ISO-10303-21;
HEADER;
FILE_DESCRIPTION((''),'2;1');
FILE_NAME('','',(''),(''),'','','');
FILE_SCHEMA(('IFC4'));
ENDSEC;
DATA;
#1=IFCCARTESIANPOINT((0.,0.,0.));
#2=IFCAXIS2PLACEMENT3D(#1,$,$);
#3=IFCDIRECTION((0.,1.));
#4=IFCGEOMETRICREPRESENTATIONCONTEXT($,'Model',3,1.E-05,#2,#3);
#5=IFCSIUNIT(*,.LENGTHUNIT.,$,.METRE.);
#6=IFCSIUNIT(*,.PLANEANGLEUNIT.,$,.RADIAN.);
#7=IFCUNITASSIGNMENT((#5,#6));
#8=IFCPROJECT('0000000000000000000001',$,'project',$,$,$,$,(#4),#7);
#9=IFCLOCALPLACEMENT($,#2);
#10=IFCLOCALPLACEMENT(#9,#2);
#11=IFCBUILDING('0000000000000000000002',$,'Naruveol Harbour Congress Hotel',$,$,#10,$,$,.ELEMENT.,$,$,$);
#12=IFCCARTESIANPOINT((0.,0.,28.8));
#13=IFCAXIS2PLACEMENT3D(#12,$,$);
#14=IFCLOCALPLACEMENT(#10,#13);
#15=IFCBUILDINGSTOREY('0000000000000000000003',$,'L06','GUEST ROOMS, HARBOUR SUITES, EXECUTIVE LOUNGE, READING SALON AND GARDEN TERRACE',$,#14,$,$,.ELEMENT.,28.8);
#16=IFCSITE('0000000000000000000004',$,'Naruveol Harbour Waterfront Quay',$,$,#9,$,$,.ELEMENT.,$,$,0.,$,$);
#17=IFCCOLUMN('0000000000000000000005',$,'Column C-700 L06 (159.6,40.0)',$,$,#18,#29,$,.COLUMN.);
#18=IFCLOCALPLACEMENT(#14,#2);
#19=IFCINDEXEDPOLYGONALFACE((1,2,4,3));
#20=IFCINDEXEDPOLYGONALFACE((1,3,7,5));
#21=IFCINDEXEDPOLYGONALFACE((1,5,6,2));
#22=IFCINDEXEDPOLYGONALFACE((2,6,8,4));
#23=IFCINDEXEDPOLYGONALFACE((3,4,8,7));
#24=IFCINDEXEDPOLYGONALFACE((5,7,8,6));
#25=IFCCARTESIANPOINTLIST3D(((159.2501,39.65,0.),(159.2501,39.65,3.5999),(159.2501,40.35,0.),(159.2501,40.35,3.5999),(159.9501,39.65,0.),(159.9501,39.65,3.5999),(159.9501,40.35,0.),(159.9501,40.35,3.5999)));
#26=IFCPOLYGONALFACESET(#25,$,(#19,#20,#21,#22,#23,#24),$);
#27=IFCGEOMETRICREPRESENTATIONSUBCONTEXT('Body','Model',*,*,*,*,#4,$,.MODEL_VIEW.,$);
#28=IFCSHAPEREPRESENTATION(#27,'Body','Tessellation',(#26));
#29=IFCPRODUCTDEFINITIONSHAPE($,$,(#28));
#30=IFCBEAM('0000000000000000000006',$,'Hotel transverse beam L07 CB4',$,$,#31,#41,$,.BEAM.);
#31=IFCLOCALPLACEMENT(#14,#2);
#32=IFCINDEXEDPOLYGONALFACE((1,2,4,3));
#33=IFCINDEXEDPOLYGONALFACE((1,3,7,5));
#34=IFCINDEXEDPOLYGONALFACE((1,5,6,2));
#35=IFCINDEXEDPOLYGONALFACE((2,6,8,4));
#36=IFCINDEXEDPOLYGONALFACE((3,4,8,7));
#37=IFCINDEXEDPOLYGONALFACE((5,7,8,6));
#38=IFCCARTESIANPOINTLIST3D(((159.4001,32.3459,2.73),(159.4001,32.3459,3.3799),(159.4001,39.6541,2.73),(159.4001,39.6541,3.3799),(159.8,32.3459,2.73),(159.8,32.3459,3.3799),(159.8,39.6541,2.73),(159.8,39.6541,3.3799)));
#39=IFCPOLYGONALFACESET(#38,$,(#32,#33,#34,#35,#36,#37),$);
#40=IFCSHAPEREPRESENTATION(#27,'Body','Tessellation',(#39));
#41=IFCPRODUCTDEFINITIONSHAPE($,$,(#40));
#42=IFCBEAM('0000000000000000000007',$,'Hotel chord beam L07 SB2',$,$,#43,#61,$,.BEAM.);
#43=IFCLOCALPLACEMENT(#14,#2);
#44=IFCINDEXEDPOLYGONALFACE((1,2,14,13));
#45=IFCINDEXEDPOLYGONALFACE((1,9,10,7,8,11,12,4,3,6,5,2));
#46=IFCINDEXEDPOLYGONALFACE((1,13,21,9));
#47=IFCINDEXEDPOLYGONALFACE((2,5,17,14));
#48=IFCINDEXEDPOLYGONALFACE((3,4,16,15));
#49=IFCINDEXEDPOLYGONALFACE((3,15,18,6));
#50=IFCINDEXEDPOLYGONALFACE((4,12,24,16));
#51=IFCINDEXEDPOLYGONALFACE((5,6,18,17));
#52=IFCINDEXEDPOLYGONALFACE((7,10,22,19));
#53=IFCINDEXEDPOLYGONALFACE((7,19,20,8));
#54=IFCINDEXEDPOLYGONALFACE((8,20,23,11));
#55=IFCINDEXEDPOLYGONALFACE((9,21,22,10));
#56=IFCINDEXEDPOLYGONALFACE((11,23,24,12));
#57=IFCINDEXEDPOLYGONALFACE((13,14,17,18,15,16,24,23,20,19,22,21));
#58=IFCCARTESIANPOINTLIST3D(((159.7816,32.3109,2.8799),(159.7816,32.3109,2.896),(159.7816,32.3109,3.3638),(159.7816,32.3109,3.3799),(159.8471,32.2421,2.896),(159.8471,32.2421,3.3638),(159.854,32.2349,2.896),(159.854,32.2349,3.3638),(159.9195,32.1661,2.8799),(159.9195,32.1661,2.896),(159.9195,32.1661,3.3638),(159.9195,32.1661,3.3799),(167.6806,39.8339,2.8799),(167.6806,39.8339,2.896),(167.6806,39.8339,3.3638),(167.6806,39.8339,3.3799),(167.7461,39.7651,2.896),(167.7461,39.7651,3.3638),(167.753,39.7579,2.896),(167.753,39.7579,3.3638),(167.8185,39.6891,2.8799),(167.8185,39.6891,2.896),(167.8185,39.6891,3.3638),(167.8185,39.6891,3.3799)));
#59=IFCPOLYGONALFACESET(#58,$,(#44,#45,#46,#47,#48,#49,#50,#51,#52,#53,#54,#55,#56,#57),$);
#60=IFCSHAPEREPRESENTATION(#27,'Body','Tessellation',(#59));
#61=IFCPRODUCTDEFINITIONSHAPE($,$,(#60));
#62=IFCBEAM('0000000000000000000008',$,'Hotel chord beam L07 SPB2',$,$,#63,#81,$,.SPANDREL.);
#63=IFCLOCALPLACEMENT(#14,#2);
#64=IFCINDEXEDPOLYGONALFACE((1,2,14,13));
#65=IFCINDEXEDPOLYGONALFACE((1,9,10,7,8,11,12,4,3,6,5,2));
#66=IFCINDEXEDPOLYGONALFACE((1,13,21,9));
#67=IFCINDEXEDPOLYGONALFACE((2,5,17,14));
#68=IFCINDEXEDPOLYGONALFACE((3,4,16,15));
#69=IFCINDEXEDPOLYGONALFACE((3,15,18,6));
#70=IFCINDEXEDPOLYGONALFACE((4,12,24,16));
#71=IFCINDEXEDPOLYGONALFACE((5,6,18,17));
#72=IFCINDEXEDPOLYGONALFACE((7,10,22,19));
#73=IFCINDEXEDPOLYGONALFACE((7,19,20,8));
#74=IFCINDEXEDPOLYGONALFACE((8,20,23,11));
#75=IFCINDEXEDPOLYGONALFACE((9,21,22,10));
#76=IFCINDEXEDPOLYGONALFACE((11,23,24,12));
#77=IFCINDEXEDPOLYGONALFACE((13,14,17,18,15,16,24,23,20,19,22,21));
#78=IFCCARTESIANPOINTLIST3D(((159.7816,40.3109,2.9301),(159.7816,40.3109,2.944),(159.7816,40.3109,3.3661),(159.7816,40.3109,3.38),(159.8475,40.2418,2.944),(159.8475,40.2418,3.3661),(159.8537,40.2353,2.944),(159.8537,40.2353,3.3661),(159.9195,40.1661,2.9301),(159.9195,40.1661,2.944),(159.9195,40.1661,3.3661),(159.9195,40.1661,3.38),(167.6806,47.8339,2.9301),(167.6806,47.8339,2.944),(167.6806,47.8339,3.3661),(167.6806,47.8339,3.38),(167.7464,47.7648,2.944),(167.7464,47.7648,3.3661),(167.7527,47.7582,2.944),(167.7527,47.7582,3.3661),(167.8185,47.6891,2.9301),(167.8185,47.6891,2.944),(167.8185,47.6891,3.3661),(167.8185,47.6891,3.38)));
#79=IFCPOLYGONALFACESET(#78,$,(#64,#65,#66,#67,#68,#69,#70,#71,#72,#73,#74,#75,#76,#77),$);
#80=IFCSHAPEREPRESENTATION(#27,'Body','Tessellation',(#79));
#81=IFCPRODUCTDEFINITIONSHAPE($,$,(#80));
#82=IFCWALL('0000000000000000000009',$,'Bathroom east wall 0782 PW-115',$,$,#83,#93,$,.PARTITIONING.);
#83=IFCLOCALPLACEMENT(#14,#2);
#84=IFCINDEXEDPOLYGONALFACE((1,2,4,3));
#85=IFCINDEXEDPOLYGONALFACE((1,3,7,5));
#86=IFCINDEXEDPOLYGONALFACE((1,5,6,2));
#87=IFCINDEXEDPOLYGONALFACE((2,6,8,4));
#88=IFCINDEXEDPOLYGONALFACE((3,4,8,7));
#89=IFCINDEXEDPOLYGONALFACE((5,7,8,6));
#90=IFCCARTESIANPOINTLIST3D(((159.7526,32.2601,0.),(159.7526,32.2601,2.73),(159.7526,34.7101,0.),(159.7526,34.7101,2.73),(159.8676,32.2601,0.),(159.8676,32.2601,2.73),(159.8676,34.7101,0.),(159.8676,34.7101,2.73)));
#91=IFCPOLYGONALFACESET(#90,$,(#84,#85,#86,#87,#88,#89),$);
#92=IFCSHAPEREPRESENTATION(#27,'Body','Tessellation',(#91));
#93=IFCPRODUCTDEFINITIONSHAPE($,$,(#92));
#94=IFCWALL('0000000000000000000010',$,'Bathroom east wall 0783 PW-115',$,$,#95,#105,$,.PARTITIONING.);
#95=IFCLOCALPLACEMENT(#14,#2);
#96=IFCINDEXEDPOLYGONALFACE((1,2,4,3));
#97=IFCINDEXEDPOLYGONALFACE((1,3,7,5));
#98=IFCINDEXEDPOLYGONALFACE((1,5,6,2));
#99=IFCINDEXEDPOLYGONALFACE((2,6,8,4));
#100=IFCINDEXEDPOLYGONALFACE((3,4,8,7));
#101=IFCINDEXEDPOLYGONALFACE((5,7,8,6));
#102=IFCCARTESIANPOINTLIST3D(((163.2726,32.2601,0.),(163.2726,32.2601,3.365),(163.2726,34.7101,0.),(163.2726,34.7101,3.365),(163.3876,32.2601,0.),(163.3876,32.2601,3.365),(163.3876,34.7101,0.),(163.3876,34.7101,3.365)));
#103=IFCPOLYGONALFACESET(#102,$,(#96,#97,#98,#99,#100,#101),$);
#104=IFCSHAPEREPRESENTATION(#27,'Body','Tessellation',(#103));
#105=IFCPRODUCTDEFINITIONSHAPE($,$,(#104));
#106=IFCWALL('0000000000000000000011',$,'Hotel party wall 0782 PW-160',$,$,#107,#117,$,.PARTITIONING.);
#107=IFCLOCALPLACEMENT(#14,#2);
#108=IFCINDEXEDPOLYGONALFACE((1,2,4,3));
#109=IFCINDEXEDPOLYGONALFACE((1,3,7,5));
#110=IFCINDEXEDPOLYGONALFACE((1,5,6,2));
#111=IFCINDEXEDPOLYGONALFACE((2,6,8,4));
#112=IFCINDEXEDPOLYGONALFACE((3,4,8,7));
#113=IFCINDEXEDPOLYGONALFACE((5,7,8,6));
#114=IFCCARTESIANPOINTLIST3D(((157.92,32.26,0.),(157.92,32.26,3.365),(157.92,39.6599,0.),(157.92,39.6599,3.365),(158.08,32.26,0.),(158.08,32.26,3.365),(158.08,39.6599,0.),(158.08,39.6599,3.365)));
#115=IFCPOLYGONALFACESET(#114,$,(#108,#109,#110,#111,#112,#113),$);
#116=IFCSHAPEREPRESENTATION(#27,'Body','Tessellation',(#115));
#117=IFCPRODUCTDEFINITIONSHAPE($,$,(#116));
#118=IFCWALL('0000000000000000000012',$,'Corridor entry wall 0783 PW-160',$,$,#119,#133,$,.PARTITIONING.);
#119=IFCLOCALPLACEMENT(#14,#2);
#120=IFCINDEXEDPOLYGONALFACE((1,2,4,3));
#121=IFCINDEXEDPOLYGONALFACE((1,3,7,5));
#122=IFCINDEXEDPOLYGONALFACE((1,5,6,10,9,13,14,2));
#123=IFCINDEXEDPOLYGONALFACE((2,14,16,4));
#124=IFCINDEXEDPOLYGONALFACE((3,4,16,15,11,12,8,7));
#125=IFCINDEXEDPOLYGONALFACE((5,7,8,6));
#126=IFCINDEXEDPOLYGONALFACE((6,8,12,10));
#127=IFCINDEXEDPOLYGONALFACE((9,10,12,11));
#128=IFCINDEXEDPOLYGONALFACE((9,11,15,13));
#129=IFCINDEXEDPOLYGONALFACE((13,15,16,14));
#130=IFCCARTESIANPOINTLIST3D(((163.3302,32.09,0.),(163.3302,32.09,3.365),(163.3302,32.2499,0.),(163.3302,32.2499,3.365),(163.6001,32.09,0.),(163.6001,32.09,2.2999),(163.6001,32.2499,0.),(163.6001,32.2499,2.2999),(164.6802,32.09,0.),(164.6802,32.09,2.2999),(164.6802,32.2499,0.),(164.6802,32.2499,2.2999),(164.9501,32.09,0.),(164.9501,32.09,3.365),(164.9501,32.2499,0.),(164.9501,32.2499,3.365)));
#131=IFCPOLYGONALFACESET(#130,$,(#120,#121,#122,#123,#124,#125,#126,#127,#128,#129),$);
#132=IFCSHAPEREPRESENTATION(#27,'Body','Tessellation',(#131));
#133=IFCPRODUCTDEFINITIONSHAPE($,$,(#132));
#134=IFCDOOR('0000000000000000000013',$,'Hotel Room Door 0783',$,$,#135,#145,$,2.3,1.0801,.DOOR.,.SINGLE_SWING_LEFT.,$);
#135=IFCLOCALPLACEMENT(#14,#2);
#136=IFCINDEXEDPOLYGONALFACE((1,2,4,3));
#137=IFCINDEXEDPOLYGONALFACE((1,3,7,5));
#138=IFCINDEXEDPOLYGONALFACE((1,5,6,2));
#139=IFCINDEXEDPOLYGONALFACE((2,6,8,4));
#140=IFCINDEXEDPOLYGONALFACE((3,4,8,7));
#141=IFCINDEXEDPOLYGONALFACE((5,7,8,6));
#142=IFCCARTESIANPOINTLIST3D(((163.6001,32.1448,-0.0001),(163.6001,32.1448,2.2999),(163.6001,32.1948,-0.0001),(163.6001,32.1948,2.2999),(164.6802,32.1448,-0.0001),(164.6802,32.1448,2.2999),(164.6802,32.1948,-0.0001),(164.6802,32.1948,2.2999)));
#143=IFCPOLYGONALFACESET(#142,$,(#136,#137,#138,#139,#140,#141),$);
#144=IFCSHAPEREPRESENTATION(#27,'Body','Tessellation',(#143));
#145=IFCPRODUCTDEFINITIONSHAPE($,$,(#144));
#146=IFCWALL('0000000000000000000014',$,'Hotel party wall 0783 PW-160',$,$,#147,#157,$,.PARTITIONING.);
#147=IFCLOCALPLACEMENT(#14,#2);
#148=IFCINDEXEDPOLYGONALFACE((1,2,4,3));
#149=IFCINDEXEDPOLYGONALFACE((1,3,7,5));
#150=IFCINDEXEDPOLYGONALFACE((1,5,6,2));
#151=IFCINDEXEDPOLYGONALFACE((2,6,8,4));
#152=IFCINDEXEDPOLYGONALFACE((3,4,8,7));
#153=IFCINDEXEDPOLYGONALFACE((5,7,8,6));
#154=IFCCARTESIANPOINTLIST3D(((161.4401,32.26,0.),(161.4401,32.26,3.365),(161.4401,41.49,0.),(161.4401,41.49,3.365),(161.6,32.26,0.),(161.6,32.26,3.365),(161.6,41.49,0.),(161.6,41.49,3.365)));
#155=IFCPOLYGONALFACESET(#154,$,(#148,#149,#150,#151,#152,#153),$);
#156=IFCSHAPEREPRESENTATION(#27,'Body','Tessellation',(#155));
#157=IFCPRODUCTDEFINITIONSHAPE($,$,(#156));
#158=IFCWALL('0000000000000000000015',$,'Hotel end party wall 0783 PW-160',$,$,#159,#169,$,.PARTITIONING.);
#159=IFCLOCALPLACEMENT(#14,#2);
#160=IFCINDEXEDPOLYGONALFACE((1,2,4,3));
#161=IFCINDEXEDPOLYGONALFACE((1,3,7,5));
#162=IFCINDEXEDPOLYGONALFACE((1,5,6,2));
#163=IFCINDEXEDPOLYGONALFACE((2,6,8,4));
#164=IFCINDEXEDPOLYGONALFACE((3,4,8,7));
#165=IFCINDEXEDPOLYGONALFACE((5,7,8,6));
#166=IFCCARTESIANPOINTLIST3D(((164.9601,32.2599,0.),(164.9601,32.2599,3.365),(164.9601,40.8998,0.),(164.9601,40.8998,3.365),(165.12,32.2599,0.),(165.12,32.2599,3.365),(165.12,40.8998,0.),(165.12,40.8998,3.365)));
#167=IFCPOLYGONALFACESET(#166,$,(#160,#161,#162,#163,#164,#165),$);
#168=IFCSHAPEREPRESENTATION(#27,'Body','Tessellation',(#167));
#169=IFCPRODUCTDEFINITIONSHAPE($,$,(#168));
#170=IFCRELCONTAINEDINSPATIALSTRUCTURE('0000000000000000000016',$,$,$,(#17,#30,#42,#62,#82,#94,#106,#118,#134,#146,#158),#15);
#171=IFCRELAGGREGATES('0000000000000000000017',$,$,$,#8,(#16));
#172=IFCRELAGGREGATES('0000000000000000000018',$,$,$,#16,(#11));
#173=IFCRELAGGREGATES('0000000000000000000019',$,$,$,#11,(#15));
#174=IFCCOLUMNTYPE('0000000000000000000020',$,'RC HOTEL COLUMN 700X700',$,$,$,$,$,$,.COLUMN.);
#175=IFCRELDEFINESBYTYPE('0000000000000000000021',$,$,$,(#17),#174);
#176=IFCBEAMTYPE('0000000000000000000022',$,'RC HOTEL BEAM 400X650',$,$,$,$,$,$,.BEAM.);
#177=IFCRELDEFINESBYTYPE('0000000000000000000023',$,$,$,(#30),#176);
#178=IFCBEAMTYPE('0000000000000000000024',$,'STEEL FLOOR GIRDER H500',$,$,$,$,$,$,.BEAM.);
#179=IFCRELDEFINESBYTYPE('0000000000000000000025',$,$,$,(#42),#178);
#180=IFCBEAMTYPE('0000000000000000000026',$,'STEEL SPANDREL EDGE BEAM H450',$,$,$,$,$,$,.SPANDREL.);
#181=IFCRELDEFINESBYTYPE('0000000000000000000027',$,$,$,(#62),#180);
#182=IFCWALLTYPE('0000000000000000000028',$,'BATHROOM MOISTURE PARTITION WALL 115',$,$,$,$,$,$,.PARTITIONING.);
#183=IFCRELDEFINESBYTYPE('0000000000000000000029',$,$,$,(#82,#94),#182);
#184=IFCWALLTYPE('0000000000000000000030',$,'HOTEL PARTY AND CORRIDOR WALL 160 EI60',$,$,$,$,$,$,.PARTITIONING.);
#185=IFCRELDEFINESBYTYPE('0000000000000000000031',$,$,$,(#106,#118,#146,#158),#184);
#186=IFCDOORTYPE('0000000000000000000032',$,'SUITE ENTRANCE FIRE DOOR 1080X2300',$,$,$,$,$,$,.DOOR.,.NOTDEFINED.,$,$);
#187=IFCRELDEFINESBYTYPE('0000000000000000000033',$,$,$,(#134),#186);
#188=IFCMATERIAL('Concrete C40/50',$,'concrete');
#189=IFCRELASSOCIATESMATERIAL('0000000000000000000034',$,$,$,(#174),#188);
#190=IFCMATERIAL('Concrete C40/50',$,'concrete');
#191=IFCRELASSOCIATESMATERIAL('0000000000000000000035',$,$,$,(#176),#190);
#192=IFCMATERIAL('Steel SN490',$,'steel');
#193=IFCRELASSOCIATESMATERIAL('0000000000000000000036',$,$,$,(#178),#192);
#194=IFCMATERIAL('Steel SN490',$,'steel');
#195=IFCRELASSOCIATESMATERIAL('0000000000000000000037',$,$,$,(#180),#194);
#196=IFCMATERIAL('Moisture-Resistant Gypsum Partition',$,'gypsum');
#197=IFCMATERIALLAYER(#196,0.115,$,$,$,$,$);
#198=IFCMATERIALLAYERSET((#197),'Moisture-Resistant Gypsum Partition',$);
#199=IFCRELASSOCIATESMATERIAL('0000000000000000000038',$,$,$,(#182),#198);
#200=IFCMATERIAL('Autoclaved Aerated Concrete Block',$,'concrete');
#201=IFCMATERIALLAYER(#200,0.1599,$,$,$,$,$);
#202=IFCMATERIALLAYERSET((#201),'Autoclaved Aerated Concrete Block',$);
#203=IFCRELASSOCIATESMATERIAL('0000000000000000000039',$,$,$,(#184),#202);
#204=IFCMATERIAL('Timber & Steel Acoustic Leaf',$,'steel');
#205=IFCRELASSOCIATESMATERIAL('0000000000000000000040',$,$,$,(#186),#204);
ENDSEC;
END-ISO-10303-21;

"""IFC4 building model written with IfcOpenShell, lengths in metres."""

from ifc_helpers import new_model, si_unit, direction, frame, frame_2d, origin, origin_2d, place, context, subcontext, project, spatial, rectangle, i_section, extrude, material, layer, layer_set, material_profile, profile_set, type_object, element, fill, save


model = new_model("IFC4")

# Units and contexts
model_context = context("Model", 3, precision=1e-05, world=origin(), true_north=direction((0.0, 1.0)))
body_context = subcontext(model_context, "Body", "Model", "MODEL_VIEW")
ifc_project = project(units=[si_unit("LENGTHUNIT", "METRE"), si_unit("PLANEANGLEUNIT", "RADIAN")], contexts=[model_context])

# Site, building, storey
site_placement = place(None, origin())
site = spatial("IfcSite", under=ifc_project, at=site_placement, Name="Naruveol Harbour Waterfront Quay", CompositionType="ELEMENT", RefElevation=0.0)
building_placement = place(site_placement, origin())
building = spatial("IfcBuilding", under=site, at=building_placement, Name="Naruveol Harbour Congress Hotel", CompositionType="ELEMENT")
storey_placement = place(building_placement, frame((0.0, 0.0, 28.8)))
storey = spatial("IfcBuildingStorey", under=building, at=storey_placement, Name="L06", Description="GUEST ROOMS, HARBOUR SUITES, EXECUTIVE LOUNGE, READING SALON AND GARDEN TERRACE", CompositionType="ELEMENT", Elevation=28.8)

# Column
ifc_material_1 = material(Name="Concrete C40/50", Category="concrete")
ifc_material_profile_1 = material_profile(ifc_material_1, rectangle(XDim=0.7, YDim=0.7, at=origin_2d()), Name="RC-700x700")
ifc_profile_set_1 = profile_set([ifc_material_profile_1], Name="Concrete C40/50")
column_type = type_object("IfcColumnType", Name="RC HOTEL COLUMN 700X700", PredefinedType="COLUMN", material=ifc_profile_set_1)
column_placement = place(storey_placement, frame((159.6001, 40.0, 0.0), z_axis=(0.0, 0.0, 1.0), x_axis=(1.0, 0.0, 0.0)))
element("IfcColumn", 1, at=column_placement, inside=storey, type_object=column_type, Name="Column C-700 L06 (159.6,40.0)", PredefinedType="COLUMN", context=body_context, shape_type="SweptSolid", body=[
    extrude(rectangle(XDim=0.7, YDim=0.7, at=origin_2d()), origin(), (0.0, 0.0, 1.0), 3.5999),
])

# Beams
ifc_material_2 = material(Name="Concrete C40/50", Category="concrete")
ifc_material_profile_2 = material_profile(ifc_material_2, rectangle(XDim=0.3999, YDim=0.6499, at=origin_2d()), Name="RCB-400x650")
ifc_profile_set_2 = profile_set([ifc_material_profile_2], Name="Concrete C40/50")
beam_type_1 = type_object("IfcBeamType", Name="RC HOTEL BEAM 400X650", PredefinedType="BEAM", material=ifc_profile_set_2)
beam_1_placement = place(storey_placement, frame((159.6001, 32.3459, 3.0549), z_axis=(0.0, 1.0, 0.0), x_axis=(-1.0, 0.0, 0.0)))
element("IfcBeam", 2, at=beam_1_placement, inside=storey, type_object=beam_type_1, Name="Hotel transverse beam L07 CB4", PredefinedType="BEAM", context=body_context, shape_type="SweptSolid", body=[
    extrude(rectangle(XDim=0.3999, YDim=0.6499, at=origin_2d()), origin(), (0.0, 0.0, 1.0), 7.3081),
])
ifc_material_3 = material(Name="Steel SN490", Category="steel")
ifc_material_profile_3 = material_profile(ifc_material_3, i_section(OverallWidth=0.2, OverallDepth=0.5, WebThickness=0.01, FlangeThickness=0.0161, at=origin_2d()), Name="H-500x200x10x16")
ifc_profile_set_3 = profile_set([ifc_material_profile_3], Name="Steel SN490")
beam_type_2 = type_object("IfcBeamType", Name="STEEL FLOOR GIRDER H500", PredefinedType="BEAM", material=ifc_profile_set_3)
beam_2_placement = place(storey_placement, frame((159.8506, 32.2385, 3.1299), z_axis=(0.72413, 0.689663, 0.0), x_axis=(-0.689663, 0.72413, 0.0)))
element("IfcBeam", 3, at=beam_2_placement, inside=storey, type_object=beam_type_2, Name="Hotel chord beam L07 SB2", PredefinedType="BEAM", context=body_context, shape_type="SweptSolid", body=[
    extrude(i_section(OverallWidth=0.2, OverallDepth=0.5, WebThickness=0.01, FlangeThickness=0.0161, at=origin_2d()), origin(), (0.0, 0.0, 1.0), 10.9082),
])
ifc_material_4 = material(Name="Steel SN490", Category="steel")
ifc_material_profile_4 = material_profile(ifc_material_4, i_section(OverallWidth=0.2, OverallDepth=0.45, WebThickness=0.009, FlangeThickness=0.0139, at=origin_2d()), Name="H-450x200x9x14")
ifc_profile_set_4 = profile_set([ifc_material_profile_4], Name="Steel SN490")
beam_type_3 = type_object("IfcBeamType", Name="STEEL SPANDREL EDGE BEAM H450", PredefinedType="SPANDREL", material=ifc_profile_set_4)
beam_3_placement = place(storey_placement, frame((159.8506, 40.2385, 3.155), z_axis=(0.72413, 0.689663, 0.0), x_axis=(-0.689663, 0.72413, 0.0)))
element("IfcBeam", 4, at=beam_3_placement, inside=storey, type_object=beam_type_3, Name="Hotel chord beam L07 SPB2", PredefinedType="SPANDREL", context=body_context, shape_type="SweptSolid", body=[
    extrude(i_section(OverallWidth=0.2, OverallDepth=0.45, WebThickness=0.009, FlangeThickness=0.0139, at=origin_2d()), origin(), (0.0, 0.0, 1.0), 10.9082),
])

# Shared definitions
ifc_material_5 = material(Name="Moisture-Resistant Gypsum Partition", Category="gypsum")
ifc_layer_1 = layer(ifc_material_5, 0.115)
ifc_layer_set_1 = layer_set([ifc_layer_1], Name="Moisture-Resistant Gypsum Partition")
wall_type_1 = type_object("IfcWallType", Name="BATHROOM MOISTURE PARTITION WALL 115", PredefinedType="PARTITIONING", material=ifc_layer_set_1)

# Wall
wall_1_placement = place(storey_placement, frame((159.8101, 32.26, 0.0), z_axis=(0.0, 0.0, 1.0), x_axis=(0.0, 1.0, 0.0)))
element("IfcWall", 5, at=wall_1_placement, inside=storey, type_object=wall_type_1, Name="Bathroom east wall 0782 PW-115", PredefinedType="PARTITIONING", context=body_context, shape_type="SweptSolid", body=[
    extrude(rectangle(XDim=2.45, YDim=0.115, at=frame_2d((1.2251, 0.0))), origin(), (0.0, 0.0, 1.0), 2.73),
])

# Wall
wall_2_placement = place(storey_placement, frame((163.3301, 32.26, 0.0), z_axis=(0.0, 0.0, 1.0), x_axis=(0.0, 1.0, 0.0)))
element("IfcWall", 6, at=wall_2_placement, inside=storey, type_object=wall_type_1, Name="Bathroom east wall 0783 PW-115", PredefinedType="PARTITIONING", context=body_context, shape_type="SweptSolid", body=[
    extrude(rectangle(XDim=2.45, YDim=0.115, at=frame_2d((1.2251, 0.0))), origin(), (0.0, 0.0, 1.0), 3.365),
])

# Wall
ifc_material_6 = material(Name="Autoclaved Aerated Concrete Block", Category="concrete")
ifc_layer_2 = layer(ifc_material_6, 0.1599)
ifc_layer_set_2 = layer_set([ifc_layer_2], Name="Autoclaved Aerated Concrete Block")
wall_type_2 = type_object("IfcWallType", Name="HOTEL PARTY AND CORRIDOR WALL 160 EI60", PredefinedType="PARTITIONING", material=ifc_layer_set_2)
wall_3_placement = place(storey_placement, frame((158.0, 32.26, 0.0), z_axis=(0.0, 0.0, 1.0), x_axis=(0.0, 1.0, 0.0)))
element("IfcWall", 7, at=wall_3_placement, inside=storey, type_object=wall_type_2, Name="Hotel party wall 0782 PW-160", PredefinedType="PARTITIONING", context=body_context, shape_type="SweptSolid", body=[
    extrude(rectangle(XDim=7.3999, YDim=0.1599, at=frame_2d((3.7, 0.0))), origin(), (0.0, 0.0, 1.0), 3.365),
])

# Wall, opening, door
wall_4_placement = place(storey_placement, frame((163.3301, 32.1699, 0.0), z_axis=(0.0, 0.0, 1.0), x_axis=(1.0, 0.0, 0.0)))
wall_4 = element("IfcWall", 8, at=wall_4_placement, inside=storey, type_object=wall_type_2, Name="Corridor entry wall 0783 PW-160", PredefinedType="PARTITIONING", context=body_context, shape_type="SweptSolid", body=[
    extrude(rectangle(XDim=1.6199, YDim=0.1599, at=frame_2d((0.8101, 0.0))), origin(), (0.0, 0.0, 1.0), 3.365),
])
opening_1_placement = place(wall_4_placement, frame((0.27, 0.0, 0.0)))
opening_1 = element("IfcOpeningElement", 9, at=opening_1_placement, cuts=wall_4, PredefinedType="OPENING", context=body_context, shape_type="SweptSolid", body=[
    extrude(rectangle(XDim=1.0801, YDim=2.3, at=frame_2d((0.54, 1.1499))), frame((0.0, 0.0898, 0.0), z_axis=(0.0, -1.0, 0.0), x_axis=(1.0, 0.0, 0.0)), (0.0, 0.0, 1.0), 0.1799),
])
ifc_material_7 = material(Name="Timber & Steel Acoustic Leaf", Category="steel")
door_type_1 = type_object("IfcDoorType", Name="SUITE ENTRANCE FIRE DOOR 1080X2300", OperationType="NOTDEFINED", PredefinedType="DOOR", material=ifc_material_7)
door_1_placement = place(opening_1_placement, origin())
door_1 = element("IfcDoor", 10, at=door_1_placement, inside=storey, type_object=door_type_1, Name="Hotel Room Door 0783", OperationType="SINGLE_SWING_LEFT", OverallHeight=2.3, OverallWidth=1.0801, PredefinedType="DOOR", context=body_context, shape_type="SweptSolid", body=[
    extrude(rectangle(XDim=1.0801, YDim=2.3, at=frame_2d((0.54, 1.1499))), frame((0.0, 0.0249, 0.0), z_axis=(0.0, -1.0, 0.0), x_axis=(1.0, 0.0, 0.0)), (0.0, 0.0, 1.0), 0.05),
])
fill(opening_1, door_1)

# Walls
wall_5_placement = place(storey_placement, frame((161.52, 32.26, 0.0), z_axis=(0.0, 0.0, 1.0), x_axis=(0.0, 1.0, 0.0)))
element("IfcWall", 11, at=wall_5_placement, inside=storey, type_object=wall_type_2, Name="Hotel party wall 0783 PW-160", PredefinedType="PARTITIONING", context=body_context, shape_type="SweptSolid", body=[
    extrude(rectangle(XDim=9.23, YDim=0.1599, at=frame_2d((4.615, 0.0))), origin(), (0.0, 0.0, 1.0), 3.365),
])
wall_6_placement = place(storey_placement, frame((165.04, 32.26, 0.0), z_axis=(0.0, 0.0, 1.0), x_axis=(0.0, 1.0, 0.0)))
element("IfcWall", 12, at=wall_6_placement, inside=storey, type_object=wall_type_2, Name="Hotel end party wall 0783 PW-160", PredefinedType="PARTITIONING", context=body_context, shape_type="SweptSolid", body=[
    extrude(rectangle(XDim=8.6399, YDim=0.1599, at=frame_2d((4.3198, 0.0))), origin(), (0.0, 0.0, 1.0), 3.365),
])

save(model, "model.ifc")
